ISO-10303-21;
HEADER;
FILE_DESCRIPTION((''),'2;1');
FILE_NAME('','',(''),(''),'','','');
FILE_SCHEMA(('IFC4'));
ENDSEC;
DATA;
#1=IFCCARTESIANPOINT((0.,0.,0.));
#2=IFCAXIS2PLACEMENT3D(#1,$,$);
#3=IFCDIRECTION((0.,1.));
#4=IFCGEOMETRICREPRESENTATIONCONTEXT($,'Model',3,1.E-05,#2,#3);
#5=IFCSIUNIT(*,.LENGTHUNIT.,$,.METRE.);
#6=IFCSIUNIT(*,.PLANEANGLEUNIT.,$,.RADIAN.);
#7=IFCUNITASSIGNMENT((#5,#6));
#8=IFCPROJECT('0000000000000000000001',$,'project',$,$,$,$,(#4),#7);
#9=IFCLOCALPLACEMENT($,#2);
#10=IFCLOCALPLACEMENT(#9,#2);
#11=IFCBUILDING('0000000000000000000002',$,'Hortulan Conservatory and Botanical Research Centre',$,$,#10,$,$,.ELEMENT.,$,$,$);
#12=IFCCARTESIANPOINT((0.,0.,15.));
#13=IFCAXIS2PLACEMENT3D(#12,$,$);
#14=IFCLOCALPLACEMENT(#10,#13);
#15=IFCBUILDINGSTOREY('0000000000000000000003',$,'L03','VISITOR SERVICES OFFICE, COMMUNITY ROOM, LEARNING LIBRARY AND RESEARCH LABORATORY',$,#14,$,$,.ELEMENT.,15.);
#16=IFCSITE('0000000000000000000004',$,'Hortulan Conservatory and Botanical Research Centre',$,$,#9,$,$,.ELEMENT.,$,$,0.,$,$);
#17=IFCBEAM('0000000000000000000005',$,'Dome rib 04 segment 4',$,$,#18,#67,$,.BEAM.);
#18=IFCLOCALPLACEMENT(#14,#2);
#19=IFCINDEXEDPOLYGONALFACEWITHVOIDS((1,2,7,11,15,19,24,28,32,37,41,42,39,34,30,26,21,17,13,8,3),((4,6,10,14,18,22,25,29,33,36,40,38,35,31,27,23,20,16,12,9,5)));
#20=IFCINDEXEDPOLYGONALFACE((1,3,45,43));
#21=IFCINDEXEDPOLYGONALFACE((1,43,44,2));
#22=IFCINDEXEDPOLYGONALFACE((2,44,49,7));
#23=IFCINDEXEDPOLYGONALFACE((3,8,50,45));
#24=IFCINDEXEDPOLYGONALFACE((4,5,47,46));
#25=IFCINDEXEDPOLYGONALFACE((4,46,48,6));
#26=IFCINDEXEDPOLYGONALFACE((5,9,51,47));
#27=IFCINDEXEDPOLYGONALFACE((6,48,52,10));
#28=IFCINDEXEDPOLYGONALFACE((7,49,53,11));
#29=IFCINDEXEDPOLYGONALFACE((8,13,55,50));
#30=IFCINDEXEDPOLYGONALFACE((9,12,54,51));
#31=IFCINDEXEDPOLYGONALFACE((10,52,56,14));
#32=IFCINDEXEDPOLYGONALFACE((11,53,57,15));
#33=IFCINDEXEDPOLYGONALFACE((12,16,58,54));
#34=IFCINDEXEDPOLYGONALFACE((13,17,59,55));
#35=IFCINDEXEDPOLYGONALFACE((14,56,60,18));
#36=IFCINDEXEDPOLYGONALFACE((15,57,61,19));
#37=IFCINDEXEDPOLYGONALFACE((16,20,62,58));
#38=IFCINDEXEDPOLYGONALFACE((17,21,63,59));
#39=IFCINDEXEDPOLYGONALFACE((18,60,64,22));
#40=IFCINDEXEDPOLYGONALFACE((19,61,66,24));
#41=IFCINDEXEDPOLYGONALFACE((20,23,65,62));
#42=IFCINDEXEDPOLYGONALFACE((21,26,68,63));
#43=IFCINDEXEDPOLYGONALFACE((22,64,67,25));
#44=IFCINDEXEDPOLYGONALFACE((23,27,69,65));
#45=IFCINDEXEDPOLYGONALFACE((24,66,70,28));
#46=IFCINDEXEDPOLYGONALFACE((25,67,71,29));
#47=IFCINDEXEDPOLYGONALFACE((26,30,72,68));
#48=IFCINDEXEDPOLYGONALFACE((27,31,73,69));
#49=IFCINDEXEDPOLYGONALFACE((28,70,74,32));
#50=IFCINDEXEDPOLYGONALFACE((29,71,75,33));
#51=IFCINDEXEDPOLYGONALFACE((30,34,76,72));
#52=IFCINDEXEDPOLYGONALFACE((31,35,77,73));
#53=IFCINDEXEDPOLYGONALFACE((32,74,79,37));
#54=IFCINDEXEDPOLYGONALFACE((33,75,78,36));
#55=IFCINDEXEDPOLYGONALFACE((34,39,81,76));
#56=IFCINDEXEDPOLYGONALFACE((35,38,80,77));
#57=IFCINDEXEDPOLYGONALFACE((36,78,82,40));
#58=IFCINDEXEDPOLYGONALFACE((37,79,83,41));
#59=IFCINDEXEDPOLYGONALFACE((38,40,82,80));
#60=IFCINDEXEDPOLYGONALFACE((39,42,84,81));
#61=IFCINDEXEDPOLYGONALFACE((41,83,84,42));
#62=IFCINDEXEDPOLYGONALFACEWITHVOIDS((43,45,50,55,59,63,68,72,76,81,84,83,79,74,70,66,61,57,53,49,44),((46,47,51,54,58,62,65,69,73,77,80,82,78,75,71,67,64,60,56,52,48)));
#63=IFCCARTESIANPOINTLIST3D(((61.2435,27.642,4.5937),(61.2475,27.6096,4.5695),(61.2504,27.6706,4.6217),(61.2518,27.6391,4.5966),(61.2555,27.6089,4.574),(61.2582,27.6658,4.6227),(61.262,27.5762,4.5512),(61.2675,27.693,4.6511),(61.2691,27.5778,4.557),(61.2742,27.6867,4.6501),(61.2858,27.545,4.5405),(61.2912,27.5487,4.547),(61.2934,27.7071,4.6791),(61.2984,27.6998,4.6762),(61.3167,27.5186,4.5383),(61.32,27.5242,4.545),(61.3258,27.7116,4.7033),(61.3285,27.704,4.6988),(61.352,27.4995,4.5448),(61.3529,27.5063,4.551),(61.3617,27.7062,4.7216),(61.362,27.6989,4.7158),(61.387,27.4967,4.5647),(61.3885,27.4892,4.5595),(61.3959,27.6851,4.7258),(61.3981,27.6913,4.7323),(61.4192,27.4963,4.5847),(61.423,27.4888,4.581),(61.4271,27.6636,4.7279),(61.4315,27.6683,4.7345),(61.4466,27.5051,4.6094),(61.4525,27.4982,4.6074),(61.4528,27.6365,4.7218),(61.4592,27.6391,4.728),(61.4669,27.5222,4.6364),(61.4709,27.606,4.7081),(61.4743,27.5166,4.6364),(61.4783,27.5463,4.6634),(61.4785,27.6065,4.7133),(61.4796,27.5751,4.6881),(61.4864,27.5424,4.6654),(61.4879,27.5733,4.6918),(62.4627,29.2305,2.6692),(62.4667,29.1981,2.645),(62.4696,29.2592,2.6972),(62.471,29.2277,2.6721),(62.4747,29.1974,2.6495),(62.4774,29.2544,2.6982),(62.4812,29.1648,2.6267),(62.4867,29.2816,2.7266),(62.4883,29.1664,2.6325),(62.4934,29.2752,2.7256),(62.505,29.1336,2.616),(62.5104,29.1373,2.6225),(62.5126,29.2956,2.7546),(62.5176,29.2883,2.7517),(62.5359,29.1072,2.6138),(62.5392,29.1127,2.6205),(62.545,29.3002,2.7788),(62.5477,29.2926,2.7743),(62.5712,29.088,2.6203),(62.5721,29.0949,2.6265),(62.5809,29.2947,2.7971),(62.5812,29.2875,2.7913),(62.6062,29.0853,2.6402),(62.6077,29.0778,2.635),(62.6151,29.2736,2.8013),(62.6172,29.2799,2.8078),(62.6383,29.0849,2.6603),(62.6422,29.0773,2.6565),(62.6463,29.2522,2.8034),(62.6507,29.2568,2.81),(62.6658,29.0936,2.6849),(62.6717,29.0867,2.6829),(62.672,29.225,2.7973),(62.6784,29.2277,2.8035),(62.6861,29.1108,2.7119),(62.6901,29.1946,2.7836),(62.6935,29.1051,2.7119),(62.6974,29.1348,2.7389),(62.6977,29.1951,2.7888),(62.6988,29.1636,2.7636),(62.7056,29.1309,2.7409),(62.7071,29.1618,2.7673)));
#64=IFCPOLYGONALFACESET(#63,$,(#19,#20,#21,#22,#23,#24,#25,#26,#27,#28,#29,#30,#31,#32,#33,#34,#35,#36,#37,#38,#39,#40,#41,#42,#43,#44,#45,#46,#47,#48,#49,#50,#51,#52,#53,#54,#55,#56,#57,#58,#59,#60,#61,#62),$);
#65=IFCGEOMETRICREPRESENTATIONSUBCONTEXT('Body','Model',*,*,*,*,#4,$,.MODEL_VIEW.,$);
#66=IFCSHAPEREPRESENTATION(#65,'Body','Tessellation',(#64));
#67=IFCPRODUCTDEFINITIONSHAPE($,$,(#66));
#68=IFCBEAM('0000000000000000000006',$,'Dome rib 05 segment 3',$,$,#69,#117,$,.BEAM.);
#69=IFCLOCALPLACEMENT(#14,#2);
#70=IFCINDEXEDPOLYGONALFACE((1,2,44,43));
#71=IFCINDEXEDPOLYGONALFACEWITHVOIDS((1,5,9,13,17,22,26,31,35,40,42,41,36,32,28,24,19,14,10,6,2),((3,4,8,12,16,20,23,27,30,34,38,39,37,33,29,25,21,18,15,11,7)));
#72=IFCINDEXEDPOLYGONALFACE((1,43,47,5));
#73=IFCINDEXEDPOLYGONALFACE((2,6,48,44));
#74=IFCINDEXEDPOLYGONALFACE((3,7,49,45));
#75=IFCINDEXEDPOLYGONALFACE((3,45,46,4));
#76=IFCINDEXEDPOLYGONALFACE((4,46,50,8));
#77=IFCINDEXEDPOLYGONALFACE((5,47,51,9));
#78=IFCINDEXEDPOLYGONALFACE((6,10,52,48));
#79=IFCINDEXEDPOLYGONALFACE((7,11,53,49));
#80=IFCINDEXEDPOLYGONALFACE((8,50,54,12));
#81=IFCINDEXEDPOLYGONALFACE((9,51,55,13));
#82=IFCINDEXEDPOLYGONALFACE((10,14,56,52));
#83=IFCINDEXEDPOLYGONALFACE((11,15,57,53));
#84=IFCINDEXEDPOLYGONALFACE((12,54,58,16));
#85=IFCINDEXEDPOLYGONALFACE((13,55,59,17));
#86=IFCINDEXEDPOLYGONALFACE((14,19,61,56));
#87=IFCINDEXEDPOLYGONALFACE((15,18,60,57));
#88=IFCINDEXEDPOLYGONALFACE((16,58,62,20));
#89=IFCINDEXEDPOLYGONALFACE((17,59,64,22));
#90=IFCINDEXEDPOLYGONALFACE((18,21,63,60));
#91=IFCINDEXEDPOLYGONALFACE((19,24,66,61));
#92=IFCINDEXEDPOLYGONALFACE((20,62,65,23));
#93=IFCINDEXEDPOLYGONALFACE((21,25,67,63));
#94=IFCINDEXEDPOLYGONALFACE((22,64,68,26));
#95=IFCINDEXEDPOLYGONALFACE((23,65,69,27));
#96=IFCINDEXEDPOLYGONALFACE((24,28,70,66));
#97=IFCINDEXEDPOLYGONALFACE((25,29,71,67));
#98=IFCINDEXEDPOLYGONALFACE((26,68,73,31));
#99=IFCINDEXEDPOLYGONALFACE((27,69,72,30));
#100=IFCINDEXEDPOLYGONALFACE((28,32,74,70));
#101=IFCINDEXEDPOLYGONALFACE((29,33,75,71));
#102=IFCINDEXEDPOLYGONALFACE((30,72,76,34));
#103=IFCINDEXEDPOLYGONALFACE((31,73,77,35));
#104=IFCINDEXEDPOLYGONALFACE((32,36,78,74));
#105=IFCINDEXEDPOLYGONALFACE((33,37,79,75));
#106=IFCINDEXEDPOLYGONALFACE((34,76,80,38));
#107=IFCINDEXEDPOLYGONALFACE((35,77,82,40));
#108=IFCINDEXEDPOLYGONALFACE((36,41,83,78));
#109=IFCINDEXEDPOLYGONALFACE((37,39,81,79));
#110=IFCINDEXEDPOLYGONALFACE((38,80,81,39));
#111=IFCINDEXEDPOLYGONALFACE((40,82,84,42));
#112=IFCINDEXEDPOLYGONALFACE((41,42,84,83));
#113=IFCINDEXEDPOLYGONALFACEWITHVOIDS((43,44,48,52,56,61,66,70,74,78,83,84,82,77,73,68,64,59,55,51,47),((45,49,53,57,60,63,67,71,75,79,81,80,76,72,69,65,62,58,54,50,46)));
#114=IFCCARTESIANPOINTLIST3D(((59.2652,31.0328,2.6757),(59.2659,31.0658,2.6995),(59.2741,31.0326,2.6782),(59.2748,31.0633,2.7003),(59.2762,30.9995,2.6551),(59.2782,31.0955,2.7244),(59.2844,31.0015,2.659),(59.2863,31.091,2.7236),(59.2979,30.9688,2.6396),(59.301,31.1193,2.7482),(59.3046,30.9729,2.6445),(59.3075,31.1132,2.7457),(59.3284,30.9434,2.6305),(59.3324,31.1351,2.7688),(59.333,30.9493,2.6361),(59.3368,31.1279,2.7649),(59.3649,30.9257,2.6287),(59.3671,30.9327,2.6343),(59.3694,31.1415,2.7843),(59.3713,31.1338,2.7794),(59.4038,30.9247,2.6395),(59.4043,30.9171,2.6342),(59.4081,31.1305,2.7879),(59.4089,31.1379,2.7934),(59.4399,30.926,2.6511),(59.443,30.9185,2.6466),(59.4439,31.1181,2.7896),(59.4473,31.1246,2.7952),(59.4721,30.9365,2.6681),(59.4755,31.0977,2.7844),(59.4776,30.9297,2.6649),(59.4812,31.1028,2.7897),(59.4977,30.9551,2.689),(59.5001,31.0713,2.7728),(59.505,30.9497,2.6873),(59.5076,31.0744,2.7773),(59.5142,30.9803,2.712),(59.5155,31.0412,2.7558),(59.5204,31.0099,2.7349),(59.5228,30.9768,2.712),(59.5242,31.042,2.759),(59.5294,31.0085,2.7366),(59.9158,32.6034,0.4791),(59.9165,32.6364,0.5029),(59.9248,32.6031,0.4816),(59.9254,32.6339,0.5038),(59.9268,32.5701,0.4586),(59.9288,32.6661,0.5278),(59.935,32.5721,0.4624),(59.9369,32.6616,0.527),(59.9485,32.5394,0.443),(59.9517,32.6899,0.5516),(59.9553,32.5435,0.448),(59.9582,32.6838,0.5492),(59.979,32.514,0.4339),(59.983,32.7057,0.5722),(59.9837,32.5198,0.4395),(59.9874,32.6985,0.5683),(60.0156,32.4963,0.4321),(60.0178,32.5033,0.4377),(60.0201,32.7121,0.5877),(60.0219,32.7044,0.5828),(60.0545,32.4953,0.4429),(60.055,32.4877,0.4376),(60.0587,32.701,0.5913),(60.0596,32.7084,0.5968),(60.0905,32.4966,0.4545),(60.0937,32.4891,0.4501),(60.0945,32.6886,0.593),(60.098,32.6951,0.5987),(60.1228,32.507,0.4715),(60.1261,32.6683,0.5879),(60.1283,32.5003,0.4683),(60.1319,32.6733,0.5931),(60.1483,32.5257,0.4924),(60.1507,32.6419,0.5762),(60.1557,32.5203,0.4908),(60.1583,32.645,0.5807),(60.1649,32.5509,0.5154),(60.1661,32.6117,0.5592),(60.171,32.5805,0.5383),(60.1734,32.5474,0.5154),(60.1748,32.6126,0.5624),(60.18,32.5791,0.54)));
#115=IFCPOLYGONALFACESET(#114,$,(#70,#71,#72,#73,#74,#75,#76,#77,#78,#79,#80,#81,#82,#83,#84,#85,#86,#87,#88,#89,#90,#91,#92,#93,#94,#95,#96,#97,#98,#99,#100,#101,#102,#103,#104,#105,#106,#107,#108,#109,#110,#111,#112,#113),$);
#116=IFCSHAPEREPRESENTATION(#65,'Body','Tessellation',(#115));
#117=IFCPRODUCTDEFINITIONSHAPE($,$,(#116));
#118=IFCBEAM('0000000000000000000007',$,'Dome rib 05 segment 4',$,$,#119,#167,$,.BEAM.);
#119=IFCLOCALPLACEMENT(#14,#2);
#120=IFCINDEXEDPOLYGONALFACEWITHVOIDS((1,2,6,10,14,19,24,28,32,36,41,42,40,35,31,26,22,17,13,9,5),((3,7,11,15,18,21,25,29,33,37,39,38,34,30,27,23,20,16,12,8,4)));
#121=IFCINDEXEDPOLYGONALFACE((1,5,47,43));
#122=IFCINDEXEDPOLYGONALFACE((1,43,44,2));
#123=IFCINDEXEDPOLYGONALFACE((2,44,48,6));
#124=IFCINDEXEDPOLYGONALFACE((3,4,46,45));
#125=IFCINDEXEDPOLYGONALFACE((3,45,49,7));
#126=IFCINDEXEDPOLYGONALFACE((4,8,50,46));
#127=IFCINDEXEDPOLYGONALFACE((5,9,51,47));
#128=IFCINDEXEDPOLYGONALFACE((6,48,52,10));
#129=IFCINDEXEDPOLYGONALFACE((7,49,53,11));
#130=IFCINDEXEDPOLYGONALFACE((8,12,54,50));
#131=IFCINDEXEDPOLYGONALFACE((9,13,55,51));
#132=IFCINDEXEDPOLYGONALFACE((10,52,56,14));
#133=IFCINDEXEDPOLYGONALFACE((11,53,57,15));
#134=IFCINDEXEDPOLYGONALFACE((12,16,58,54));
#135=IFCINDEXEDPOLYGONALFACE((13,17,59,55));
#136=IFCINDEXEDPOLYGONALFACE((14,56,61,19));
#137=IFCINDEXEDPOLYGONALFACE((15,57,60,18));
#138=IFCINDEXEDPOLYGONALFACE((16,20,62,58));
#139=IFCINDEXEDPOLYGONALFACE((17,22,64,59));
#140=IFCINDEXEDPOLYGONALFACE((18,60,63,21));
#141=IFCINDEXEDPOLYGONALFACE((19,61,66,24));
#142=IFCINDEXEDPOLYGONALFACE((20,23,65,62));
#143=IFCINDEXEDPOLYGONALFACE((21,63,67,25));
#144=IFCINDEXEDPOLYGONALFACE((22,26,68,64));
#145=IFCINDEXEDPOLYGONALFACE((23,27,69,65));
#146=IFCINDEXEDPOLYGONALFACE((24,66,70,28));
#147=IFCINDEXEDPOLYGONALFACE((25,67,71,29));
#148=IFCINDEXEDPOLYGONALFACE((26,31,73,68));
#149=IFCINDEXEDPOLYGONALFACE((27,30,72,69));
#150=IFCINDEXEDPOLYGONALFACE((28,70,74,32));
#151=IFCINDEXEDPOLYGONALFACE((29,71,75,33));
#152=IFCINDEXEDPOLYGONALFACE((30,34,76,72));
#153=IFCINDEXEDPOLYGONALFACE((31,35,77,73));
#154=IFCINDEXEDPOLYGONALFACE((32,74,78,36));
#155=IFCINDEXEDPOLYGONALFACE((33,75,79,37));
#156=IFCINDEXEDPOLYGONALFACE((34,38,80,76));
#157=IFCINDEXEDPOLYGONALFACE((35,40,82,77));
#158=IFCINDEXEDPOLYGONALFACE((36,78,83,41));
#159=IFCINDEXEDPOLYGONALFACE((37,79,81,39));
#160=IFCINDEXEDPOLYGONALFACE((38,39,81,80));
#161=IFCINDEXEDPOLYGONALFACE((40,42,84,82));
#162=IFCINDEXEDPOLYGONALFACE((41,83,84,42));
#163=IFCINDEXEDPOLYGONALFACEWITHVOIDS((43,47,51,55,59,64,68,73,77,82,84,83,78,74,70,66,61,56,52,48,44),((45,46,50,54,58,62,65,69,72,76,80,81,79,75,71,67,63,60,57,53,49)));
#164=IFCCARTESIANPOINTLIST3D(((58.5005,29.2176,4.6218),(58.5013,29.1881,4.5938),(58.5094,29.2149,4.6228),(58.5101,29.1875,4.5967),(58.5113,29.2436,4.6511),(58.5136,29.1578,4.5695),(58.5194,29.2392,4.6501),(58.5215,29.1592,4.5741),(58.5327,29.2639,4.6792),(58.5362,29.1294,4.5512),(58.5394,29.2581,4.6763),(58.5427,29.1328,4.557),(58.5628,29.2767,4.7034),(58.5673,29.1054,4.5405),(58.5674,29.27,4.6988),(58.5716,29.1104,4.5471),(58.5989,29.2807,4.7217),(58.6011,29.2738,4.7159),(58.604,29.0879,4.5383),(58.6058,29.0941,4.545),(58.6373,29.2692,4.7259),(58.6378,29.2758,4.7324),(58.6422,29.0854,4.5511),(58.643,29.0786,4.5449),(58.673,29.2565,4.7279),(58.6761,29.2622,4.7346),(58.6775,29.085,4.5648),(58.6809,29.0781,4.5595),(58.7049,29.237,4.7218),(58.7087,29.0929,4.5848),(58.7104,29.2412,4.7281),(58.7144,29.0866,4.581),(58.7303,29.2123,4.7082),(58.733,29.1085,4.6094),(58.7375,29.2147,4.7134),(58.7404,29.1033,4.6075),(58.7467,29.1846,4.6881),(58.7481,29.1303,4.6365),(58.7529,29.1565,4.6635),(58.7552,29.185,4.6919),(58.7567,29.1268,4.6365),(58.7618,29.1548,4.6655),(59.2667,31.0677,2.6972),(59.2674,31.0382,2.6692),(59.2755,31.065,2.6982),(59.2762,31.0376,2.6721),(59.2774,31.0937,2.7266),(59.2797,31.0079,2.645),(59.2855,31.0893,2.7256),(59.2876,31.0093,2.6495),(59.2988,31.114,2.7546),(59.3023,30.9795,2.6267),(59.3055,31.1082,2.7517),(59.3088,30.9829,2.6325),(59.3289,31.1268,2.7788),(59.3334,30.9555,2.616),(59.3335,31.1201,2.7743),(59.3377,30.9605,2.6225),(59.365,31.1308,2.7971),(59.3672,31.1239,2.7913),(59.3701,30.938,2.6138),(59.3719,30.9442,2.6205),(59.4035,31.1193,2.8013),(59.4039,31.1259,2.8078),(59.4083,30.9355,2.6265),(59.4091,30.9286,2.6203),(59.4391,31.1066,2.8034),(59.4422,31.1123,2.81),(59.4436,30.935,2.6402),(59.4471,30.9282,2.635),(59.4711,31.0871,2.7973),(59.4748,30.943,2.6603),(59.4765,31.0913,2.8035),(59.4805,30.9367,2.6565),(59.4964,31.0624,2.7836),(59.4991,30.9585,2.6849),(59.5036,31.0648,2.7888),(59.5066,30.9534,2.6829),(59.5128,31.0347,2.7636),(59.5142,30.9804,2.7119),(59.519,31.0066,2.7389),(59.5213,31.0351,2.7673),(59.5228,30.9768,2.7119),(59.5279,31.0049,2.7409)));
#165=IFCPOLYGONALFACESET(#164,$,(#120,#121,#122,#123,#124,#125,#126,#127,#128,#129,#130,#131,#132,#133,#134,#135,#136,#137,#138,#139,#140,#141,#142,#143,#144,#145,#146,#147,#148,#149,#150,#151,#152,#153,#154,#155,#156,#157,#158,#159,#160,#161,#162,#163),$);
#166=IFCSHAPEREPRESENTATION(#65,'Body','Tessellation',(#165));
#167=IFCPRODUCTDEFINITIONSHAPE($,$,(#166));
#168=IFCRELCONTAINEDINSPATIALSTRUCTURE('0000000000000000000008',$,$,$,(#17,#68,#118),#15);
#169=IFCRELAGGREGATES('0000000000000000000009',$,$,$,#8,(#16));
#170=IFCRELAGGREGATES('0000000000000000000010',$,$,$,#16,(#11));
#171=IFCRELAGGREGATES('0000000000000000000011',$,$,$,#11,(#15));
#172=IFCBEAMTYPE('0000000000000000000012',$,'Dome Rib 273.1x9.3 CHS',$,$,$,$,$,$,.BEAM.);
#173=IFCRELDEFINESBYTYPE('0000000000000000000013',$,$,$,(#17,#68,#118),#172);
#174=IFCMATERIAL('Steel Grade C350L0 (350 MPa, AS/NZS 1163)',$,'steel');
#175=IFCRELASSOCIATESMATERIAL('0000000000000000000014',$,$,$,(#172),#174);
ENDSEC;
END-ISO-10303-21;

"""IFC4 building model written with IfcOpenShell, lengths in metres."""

from ifc_helpers import new_model, si_unit, direction, frame, origin, origin_2d, place, context, subcontext, project, spatial, hollow_circle, extrude, material, material_profile, profile_set, type_object, element, save


model = new_model("IFC4")

# Units and contexts
model_context = context("Model", 3, precision=1e-05, world=origin(), true_north=direction((0.0, 1.0)))
body_context = subcontext(model_context, "Body", "Model", "MODEL_VIEW")
ifc_project = project(units=[si_unit("LENGTHUNIT", "METRE"), si_unit("PLANEANGLEUNIT", "RADIAN")], contexts=[model_context])

# Site, building, storey
site_placement = place(None, origin())
site = spatial("IfcSite", under=ifc_project, at=site_placement, Name="Hortulan Conservatory and Botanical Research Centre", CompositionType="ELEMENT", RefElevation=0.0)
building_placement = place(site_placement, origin())
building = spatial("IfcBuilding", under=site, at=building_placement, Name="Hortulan Conservatory and Botanical Research Centre", CompositionType="ELEMENT")
storey_placement = place(building_placement, frame((0.0, 0.0, 15.0)))
storey = spatial("IfcBuildingStorey", under=building, at=storey_placement, Name="L03", Description="VISITOR SERVICES OFFICE, COMMUNITY ROOM, LEARNING LIBRARY AND RESEARCH LABORATORY", CompositionType="ELEMENT", Elevation=15.0)

# Beams
ifc_material_1 = material(Name="Steel Grade C350L0 (350 MPa, AS/NZS 1163)", Category="steel")
ifc_material_profile_1 = material_profile(ifc_material_1, hollow_circle(Radius=0.1365, WallThickness=0.0093, at=origin_2d()), Name="273.1x9.3CHS")
ifc_profile_set_1 = profile_set([ifc_material_profile_1], Name="Steel Grade C350L0 (350 MPa, AS/NZS 1163)")
beam_type = type_object("IfcBeamType", Name="Dome Rib 273.1x9.3 CHS", PredefinedType="BEAM", material=ifc_profile_set_1)
for number, where, z_axis, x_axis, name in (
    (1, (62.5852, 29.1882, 2.7119), (-0.438978, -0.571973, 0.692925), (0.793294, -0.608838, 0.0), "Dome rib 04 segment 4"),
):
    element("IfcBeam", number, at=place(storey_placement, frame(where, z_axis=z_axis, x_axis=x_axis)), inside=storey, type_object=beam_type, Name=name, PredefinedType="BEAM", context=body_context, shape_type="SweptSolid", body=[
        extrude(hollow_circle(Radius=0.1365, WallThickness=0.0093, at=origin_2d()), origin(), (0.0, 0.0, 1.0), 2.7773),
    ])
beam_1_placement = place(storey_placement, frame((60.0474, 32.5996, 0.5154), z_axis=(-0.234249, -0.565449, 0.790819), x_axis=(0.923861, -0.382728, 0.0)))
element("IfcBeam", 2, at=beam_1_placement, inside=storey, type_object=beam_type, Name="Dome rib 05 segment 3", PredefinedType="BEAM", context=body_context, shape_type="SweptSolid", body=[
    extrude(hollow_circle(Radius=0.1365, WallThickness=0.0093, at=origin_2d()), origin(), (0.0, 0.0, 1.0), 2.7776),
])
beam_2_placement = place(storey_placement, frame((59.3967, 31.0291, 2.7119), z_axis=(-0.275842, -0.666136, 0.692946), x_axis=(0.923919, -0.382589, 0.0)))
element("IfcBeam", 3, at=beam_2_placement, inside=storey, type_object=beam_type, Name="Dome rib 05 segment 4", PredefinedType="BEAM", context=body_context, shape_type="SweptSolid", body=[
    extrude(hollow_circle(Radius=0.1365, WallThickness=0.0093, at=origin_2d()), origin(), (0.0, 0.0, 1.0), 2.7773),
])

save(model, "model.ifc")
